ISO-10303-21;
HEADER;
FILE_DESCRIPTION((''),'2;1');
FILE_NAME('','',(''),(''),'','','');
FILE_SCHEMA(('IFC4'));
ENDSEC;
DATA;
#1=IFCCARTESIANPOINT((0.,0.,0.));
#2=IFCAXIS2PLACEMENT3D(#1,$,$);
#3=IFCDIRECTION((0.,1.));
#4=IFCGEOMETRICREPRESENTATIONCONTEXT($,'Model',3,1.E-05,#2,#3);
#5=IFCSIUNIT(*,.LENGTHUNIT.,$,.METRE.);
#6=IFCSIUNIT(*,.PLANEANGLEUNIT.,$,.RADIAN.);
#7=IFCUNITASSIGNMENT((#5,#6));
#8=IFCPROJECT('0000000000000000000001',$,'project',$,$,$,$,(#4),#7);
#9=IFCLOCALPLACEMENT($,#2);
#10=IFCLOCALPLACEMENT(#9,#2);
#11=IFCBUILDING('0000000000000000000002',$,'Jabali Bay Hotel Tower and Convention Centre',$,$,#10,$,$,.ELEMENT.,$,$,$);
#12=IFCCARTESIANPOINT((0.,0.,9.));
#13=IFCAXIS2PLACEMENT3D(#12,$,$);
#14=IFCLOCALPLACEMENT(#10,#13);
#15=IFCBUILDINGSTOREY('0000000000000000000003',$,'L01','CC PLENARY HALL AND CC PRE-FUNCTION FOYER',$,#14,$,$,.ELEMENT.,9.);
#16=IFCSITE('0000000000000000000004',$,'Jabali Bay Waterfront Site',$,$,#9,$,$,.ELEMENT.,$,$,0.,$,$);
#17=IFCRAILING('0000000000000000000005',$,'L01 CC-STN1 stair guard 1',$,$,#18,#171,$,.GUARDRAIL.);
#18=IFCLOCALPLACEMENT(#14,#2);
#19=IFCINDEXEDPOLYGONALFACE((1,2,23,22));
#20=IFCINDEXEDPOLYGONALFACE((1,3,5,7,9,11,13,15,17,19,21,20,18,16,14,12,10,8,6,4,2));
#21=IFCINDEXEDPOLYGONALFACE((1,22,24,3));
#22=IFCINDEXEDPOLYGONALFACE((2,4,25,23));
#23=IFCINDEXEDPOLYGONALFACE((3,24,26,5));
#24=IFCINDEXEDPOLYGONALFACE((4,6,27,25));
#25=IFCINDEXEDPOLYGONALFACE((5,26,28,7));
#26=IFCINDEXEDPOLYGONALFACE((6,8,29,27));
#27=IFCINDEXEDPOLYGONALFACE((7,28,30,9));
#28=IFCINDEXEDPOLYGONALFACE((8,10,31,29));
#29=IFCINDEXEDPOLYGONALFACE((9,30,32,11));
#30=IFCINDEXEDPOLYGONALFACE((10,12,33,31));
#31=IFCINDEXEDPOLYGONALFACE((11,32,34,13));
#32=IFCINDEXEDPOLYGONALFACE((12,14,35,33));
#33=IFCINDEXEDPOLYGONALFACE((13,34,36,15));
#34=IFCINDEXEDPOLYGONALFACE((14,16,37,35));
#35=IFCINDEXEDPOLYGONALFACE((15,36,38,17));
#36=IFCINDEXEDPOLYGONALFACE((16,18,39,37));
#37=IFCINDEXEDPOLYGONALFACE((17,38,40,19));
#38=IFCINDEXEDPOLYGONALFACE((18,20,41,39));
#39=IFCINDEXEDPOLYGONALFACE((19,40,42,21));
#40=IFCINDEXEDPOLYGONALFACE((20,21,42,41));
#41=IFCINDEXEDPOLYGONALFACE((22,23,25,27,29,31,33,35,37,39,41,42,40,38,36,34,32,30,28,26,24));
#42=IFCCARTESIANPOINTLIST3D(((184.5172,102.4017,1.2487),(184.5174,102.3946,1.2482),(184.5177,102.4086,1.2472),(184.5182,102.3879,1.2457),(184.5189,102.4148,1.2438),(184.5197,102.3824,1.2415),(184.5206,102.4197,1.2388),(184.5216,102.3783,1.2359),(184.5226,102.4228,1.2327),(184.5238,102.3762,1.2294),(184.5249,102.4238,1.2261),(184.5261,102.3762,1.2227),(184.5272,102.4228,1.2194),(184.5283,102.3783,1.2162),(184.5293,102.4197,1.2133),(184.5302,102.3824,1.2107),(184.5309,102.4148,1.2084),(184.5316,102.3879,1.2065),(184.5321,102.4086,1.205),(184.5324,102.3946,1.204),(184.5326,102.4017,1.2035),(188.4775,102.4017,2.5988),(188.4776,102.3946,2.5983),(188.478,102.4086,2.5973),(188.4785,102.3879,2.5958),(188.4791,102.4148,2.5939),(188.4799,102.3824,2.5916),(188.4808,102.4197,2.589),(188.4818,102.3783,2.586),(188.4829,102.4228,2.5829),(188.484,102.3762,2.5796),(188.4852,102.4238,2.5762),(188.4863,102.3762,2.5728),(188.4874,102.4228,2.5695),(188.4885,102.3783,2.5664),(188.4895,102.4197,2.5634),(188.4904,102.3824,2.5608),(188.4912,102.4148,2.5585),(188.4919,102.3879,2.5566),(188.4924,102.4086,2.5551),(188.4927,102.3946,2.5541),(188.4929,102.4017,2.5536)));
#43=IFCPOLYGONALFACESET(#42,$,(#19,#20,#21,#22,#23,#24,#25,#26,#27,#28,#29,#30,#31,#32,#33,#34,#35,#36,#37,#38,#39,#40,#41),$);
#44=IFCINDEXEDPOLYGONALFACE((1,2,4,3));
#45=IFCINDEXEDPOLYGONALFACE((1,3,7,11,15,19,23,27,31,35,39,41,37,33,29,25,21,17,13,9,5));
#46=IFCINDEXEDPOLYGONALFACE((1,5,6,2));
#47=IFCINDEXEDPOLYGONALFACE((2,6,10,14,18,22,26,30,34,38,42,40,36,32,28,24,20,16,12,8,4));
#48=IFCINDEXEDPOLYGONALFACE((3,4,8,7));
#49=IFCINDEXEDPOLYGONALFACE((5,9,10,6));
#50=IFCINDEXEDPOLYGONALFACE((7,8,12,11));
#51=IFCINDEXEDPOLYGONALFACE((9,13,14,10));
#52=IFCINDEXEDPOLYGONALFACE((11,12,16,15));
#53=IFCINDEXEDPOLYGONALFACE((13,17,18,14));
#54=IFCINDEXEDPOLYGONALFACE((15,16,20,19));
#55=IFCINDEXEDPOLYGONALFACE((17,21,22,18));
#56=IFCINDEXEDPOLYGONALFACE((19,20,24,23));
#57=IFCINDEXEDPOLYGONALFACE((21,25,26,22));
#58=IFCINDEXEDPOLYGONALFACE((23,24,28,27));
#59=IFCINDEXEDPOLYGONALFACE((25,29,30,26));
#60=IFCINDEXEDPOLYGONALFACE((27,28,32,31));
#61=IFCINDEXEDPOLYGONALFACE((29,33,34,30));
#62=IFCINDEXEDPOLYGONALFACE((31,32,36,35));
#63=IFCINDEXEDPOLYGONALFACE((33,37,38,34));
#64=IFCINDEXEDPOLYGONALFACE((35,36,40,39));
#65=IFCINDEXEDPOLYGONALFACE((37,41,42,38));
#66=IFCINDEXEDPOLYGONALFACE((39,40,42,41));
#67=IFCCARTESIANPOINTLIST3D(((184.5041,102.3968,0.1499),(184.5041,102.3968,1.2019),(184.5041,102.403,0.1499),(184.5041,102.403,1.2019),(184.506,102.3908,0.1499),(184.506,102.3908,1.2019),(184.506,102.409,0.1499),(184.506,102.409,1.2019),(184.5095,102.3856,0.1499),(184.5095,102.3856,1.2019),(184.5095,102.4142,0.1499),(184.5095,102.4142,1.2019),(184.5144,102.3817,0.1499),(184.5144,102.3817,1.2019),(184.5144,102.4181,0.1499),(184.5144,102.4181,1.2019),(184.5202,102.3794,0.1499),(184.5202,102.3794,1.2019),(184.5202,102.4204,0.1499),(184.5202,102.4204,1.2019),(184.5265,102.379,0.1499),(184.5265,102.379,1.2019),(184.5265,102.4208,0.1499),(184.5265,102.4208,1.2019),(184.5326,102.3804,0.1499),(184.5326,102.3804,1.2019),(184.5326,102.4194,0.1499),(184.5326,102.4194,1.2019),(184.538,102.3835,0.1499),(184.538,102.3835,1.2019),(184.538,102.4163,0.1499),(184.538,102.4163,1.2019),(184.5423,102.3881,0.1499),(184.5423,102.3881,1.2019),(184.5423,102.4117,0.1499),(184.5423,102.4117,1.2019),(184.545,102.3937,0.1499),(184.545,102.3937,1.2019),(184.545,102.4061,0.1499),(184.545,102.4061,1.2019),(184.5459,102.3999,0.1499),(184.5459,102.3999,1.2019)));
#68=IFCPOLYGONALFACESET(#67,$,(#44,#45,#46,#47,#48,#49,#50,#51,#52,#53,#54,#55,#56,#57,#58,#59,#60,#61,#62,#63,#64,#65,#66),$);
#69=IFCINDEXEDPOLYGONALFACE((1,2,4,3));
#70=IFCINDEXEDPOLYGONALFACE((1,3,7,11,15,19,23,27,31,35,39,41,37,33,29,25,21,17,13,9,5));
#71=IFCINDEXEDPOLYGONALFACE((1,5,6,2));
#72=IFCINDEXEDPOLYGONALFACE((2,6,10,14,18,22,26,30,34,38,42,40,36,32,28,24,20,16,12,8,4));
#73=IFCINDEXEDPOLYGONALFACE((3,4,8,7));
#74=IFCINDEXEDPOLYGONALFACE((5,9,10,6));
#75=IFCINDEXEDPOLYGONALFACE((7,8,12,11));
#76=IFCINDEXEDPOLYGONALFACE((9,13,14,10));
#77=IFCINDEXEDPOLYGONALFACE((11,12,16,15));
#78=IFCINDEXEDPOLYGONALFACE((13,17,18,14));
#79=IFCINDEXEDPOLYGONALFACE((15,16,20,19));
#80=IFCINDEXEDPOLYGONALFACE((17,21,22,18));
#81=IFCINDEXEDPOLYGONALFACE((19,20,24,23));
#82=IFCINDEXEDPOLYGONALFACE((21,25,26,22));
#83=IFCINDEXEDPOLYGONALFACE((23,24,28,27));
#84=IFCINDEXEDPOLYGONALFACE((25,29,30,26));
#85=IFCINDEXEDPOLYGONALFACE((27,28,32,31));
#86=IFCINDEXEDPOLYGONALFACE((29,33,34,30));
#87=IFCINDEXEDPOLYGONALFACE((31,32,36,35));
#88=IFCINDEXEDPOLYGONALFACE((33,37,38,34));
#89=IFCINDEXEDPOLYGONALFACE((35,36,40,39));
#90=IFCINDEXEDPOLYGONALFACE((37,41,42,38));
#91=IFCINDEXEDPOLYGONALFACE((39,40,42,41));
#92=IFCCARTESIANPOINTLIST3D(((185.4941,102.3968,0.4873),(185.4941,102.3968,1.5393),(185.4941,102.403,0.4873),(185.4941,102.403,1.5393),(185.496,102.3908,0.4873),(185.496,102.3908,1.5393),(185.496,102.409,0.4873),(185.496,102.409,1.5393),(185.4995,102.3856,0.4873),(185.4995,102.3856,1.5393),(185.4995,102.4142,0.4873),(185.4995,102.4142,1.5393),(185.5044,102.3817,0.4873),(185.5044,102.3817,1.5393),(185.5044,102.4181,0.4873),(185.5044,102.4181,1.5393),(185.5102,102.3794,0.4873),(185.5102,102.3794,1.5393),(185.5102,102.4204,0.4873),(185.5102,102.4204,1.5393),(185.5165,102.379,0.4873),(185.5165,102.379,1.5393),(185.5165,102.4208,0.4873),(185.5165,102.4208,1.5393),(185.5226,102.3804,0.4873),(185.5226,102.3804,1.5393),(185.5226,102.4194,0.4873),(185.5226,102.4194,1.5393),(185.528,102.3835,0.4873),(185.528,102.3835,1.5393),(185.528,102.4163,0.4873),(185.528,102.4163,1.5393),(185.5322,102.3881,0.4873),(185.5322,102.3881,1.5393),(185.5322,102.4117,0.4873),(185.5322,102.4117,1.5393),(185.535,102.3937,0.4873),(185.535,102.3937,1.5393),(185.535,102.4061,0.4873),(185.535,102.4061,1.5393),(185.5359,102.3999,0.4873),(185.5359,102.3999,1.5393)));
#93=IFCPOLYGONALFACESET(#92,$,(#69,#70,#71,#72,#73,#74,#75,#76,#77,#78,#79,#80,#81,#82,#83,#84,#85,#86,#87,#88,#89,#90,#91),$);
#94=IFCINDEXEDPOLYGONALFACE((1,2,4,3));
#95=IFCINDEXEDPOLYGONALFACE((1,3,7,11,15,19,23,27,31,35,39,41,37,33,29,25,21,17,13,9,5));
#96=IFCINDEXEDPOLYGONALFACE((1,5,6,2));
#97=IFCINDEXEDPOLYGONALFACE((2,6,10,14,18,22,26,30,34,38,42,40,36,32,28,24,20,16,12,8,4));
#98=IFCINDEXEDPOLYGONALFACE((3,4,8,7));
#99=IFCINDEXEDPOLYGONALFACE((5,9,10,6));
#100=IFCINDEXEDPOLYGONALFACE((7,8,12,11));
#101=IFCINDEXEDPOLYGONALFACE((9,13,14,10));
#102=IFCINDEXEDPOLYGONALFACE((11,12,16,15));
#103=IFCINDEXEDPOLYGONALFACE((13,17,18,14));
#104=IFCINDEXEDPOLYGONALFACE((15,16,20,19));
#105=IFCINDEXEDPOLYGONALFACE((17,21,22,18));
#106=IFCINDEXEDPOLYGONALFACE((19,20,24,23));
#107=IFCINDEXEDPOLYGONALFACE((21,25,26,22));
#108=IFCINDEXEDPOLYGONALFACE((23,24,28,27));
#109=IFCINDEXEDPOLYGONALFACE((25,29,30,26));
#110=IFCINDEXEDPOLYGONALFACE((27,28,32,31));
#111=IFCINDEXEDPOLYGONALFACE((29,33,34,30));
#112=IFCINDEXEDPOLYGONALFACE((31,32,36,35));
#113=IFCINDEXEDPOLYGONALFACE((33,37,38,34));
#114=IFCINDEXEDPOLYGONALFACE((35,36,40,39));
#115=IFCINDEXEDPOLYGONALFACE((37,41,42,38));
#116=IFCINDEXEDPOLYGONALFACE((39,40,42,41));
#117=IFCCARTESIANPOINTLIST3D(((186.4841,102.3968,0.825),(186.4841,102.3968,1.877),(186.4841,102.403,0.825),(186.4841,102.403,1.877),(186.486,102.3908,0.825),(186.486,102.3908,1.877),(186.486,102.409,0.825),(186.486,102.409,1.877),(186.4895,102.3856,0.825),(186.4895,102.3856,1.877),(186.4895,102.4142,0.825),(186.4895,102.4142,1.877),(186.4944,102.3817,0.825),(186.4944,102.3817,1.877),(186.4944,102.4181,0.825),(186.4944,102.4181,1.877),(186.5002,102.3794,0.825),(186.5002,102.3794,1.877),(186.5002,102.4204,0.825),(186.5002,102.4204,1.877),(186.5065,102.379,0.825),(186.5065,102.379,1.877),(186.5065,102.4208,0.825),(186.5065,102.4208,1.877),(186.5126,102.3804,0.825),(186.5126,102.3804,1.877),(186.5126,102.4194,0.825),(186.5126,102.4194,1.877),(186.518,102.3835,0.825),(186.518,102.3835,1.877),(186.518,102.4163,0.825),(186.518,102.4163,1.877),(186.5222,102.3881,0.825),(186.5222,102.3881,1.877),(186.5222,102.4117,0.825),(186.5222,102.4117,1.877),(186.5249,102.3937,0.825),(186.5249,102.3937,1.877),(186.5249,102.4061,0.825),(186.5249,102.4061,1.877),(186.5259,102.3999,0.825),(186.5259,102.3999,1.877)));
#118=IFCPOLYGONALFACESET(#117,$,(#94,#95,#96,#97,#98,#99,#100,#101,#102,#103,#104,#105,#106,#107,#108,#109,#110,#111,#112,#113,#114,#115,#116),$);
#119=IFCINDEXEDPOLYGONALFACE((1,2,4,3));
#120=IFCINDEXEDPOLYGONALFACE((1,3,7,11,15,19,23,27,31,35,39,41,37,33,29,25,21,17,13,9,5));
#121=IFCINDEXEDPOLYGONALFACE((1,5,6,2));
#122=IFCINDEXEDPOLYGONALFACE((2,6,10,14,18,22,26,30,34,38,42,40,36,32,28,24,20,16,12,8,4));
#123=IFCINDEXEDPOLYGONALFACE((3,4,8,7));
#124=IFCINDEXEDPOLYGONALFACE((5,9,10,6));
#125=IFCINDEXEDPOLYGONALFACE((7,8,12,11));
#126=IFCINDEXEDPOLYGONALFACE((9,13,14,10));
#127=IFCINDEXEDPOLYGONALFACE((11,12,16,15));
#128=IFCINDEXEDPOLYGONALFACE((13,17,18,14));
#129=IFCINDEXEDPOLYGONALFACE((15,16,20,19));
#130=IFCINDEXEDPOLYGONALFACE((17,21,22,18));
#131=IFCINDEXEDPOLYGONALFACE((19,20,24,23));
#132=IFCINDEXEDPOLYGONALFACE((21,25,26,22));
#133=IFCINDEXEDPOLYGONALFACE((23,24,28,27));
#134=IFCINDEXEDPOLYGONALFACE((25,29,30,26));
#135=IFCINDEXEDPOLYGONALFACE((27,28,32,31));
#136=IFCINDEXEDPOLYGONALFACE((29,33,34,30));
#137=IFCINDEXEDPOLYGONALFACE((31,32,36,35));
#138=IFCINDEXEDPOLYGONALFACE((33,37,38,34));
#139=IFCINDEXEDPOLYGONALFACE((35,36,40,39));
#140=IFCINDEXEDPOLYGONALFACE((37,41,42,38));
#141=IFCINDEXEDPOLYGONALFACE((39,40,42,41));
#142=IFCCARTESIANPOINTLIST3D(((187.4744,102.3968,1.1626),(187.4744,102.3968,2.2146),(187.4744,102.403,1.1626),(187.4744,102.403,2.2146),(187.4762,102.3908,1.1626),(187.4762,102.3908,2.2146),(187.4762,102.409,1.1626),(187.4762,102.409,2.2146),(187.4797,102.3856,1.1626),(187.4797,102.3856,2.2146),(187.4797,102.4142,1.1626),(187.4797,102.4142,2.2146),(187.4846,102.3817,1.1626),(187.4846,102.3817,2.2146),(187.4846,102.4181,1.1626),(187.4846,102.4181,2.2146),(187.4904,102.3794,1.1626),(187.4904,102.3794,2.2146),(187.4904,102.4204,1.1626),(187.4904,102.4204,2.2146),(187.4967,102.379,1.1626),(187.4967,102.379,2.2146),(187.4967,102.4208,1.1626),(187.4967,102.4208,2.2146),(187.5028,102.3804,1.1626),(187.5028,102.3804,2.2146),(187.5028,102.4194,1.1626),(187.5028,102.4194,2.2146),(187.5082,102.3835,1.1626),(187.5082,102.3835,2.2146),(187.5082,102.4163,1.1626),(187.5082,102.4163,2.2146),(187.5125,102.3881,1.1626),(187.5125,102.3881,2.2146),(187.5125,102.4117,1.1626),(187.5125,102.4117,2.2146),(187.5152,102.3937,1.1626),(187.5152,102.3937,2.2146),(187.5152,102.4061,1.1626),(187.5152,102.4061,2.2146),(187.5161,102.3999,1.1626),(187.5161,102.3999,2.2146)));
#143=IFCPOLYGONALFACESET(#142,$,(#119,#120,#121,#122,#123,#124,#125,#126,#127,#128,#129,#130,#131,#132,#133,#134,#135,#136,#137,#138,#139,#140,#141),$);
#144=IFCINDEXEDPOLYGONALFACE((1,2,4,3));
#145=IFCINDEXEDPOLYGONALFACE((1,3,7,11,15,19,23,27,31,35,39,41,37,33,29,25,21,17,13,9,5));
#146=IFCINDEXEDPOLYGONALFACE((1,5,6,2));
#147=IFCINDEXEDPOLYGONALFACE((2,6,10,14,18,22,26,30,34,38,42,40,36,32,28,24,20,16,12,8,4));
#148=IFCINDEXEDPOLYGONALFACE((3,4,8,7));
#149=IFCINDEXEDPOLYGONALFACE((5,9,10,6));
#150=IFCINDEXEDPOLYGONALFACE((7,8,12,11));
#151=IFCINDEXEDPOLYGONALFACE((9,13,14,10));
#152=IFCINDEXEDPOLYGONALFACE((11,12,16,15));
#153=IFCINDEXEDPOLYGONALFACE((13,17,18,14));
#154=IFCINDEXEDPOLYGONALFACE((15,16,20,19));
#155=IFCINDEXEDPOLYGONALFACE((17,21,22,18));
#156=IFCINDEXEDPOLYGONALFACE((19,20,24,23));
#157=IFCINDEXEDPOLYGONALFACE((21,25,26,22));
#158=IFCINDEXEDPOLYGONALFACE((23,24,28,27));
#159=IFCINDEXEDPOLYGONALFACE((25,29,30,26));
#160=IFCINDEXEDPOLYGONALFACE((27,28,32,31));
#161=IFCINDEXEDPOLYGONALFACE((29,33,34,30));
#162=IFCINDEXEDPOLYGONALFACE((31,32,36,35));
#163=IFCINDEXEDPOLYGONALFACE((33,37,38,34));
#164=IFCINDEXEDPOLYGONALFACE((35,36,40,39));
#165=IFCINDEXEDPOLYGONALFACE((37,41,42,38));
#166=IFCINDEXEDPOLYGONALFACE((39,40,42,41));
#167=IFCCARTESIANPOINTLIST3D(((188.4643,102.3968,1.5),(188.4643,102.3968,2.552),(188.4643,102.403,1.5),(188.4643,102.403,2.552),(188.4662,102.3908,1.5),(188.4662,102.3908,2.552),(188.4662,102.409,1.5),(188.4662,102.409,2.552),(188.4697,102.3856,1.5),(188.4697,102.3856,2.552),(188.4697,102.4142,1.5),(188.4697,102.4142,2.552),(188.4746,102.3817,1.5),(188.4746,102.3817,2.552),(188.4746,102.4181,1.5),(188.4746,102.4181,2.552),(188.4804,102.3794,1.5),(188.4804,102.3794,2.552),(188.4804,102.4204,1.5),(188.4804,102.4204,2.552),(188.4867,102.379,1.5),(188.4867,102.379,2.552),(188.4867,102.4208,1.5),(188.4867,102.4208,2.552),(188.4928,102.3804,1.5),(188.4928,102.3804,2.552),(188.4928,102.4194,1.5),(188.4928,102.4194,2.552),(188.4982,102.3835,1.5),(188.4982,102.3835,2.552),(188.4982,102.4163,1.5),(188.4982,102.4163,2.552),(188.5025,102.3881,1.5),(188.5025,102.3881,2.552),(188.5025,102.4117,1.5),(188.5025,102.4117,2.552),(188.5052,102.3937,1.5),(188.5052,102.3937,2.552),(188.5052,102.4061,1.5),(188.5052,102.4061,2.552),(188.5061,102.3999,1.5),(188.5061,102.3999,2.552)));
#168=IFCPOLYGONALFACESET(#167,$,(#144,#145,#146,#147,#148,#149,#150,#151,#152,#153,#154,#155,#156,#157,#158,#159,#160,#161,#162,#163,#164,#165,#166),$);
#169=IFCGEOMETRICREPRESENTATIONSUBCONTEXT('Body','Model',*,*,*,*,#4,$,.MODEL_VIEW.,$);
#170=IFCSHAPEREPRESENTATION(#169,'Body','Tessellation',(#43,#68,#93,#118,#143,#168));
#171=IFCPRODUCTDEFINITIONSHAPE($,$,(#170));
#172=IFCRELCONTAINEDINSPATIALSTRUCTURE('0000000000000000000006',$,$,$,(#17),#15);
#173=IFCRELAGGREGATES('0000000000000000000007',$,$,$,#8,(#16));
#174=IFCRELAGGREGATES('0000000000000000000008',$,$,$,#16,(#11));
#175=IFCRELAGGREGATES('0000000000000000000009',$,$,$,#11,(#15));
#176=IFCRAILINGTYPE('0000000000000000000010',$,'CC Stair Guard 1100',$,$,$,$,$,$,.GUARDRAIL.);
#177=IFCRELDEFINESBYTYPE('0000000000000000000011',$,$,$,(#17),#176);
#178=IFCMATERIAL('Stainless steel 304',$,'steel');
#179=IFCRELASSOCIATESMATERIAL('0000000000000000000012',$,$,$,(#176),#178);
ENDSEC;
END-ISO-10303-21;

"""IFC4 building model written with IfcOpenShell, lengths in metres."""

from ifc_helpers import new_model, si_unit, direction, frame, origin, origin_2d, place, context, subcontext, project, spatial, circle, extrude, material, type_object, element, save


model = new_model("IFC4")

# Units and contexts
model_context = context("Model", 3, precision=1e-05, world=origin(), true_north=direction((0.0, 1.0)))
body_context = subcontext(model_context, "Body", "Model", "MODEL_VIEW")
ifc_project = project(units=[si_unit("LENGTHUNIT", "METRE"), si_unit("PLANEANGLEUNIT", "RADIAN")], contexts=[model_context])

# Site, building, storey
site_placement = place(None, origin())
site = spatial("IfcSite", under=ifc_project, at=site_placement, Name="Jabali Bay Waterfront Site", CompositionType="ELEMENT", RefElevation=0.0)
building_placement = place(site_placement, origin())
building = spatial("IfcBuilding", under=site, at=building_placement, Name="Jabali Bay Hotel Tower and Convention Centre", CompositionType="ELEMENT")
storey_placement = place(building_placement, frame((0.0, 0.0, 9.0)))
storey = spatial("IfcBuildingStorey", under=building, at=storey_placement, Name="L01", Description="CC PLENARY HALL AND CC PRE-FUNCTION FOYER", CompositionType="ELEMENT", Elevation=9.0)

# Railing
ifc_material_1 = material(Name="Stainless steel 304", Category="steel")
railing_type_1 = type_object("IfcRailingType", Name="CC Stair Guard 1100", PredefinedType="GUARDRAIL", material=ifc_material_1)
railing_1_placement = place(storey_placement, frame((184.5249, 102.3999, 0.1499)))
element("IfcRailing", 1, at=railing_1_placement, inside=storey, type_object=railing_type_1, Name="L01 CC-STN1 stair guard 1", PredefinedType="GUARDRAIL", context=body_context, shape_type="SweptSolid", body=[
    extrude(circle(Radius=0.0239, at=origin_2d()), frame((0.0, 0.0, 1.0762), z_axis=(0.946508, 0.0, 0.32268), x_axis=(0.0, 1.0, 0.0)), (0.0, 0.0, 1.0), 4.1841),
    extrude(circle(Radius=0.021, at=origin_2d()), origin(), (0.0, 0.0, 1.0), 1.052),
    extrude(circle(Radius=0.021, at=origin_2d()), frame((0.99, 0.0, 0.3374)), (0.0, 0.0, 1.0), 1.052),
    extrude(circle(Radius=0.021, at=origin_2d()), frame((1.98, 0.0, 0.675)), (0.0, 0.0, 1.0), 1.052),
    extrude(circle(Radius=0.021, at=origin_2d()), frame((2.9702, 0.0, 1.0127)), (0.0, 0.0, 1.0), 1.052),
    extrude(circle(Radius=0.021, at=origin_2d()), frame((3.9602, 0.0, 1.3501)), (0.0, 0.0, 1.0), 1.052),
])

save(model, "model.ifc")
